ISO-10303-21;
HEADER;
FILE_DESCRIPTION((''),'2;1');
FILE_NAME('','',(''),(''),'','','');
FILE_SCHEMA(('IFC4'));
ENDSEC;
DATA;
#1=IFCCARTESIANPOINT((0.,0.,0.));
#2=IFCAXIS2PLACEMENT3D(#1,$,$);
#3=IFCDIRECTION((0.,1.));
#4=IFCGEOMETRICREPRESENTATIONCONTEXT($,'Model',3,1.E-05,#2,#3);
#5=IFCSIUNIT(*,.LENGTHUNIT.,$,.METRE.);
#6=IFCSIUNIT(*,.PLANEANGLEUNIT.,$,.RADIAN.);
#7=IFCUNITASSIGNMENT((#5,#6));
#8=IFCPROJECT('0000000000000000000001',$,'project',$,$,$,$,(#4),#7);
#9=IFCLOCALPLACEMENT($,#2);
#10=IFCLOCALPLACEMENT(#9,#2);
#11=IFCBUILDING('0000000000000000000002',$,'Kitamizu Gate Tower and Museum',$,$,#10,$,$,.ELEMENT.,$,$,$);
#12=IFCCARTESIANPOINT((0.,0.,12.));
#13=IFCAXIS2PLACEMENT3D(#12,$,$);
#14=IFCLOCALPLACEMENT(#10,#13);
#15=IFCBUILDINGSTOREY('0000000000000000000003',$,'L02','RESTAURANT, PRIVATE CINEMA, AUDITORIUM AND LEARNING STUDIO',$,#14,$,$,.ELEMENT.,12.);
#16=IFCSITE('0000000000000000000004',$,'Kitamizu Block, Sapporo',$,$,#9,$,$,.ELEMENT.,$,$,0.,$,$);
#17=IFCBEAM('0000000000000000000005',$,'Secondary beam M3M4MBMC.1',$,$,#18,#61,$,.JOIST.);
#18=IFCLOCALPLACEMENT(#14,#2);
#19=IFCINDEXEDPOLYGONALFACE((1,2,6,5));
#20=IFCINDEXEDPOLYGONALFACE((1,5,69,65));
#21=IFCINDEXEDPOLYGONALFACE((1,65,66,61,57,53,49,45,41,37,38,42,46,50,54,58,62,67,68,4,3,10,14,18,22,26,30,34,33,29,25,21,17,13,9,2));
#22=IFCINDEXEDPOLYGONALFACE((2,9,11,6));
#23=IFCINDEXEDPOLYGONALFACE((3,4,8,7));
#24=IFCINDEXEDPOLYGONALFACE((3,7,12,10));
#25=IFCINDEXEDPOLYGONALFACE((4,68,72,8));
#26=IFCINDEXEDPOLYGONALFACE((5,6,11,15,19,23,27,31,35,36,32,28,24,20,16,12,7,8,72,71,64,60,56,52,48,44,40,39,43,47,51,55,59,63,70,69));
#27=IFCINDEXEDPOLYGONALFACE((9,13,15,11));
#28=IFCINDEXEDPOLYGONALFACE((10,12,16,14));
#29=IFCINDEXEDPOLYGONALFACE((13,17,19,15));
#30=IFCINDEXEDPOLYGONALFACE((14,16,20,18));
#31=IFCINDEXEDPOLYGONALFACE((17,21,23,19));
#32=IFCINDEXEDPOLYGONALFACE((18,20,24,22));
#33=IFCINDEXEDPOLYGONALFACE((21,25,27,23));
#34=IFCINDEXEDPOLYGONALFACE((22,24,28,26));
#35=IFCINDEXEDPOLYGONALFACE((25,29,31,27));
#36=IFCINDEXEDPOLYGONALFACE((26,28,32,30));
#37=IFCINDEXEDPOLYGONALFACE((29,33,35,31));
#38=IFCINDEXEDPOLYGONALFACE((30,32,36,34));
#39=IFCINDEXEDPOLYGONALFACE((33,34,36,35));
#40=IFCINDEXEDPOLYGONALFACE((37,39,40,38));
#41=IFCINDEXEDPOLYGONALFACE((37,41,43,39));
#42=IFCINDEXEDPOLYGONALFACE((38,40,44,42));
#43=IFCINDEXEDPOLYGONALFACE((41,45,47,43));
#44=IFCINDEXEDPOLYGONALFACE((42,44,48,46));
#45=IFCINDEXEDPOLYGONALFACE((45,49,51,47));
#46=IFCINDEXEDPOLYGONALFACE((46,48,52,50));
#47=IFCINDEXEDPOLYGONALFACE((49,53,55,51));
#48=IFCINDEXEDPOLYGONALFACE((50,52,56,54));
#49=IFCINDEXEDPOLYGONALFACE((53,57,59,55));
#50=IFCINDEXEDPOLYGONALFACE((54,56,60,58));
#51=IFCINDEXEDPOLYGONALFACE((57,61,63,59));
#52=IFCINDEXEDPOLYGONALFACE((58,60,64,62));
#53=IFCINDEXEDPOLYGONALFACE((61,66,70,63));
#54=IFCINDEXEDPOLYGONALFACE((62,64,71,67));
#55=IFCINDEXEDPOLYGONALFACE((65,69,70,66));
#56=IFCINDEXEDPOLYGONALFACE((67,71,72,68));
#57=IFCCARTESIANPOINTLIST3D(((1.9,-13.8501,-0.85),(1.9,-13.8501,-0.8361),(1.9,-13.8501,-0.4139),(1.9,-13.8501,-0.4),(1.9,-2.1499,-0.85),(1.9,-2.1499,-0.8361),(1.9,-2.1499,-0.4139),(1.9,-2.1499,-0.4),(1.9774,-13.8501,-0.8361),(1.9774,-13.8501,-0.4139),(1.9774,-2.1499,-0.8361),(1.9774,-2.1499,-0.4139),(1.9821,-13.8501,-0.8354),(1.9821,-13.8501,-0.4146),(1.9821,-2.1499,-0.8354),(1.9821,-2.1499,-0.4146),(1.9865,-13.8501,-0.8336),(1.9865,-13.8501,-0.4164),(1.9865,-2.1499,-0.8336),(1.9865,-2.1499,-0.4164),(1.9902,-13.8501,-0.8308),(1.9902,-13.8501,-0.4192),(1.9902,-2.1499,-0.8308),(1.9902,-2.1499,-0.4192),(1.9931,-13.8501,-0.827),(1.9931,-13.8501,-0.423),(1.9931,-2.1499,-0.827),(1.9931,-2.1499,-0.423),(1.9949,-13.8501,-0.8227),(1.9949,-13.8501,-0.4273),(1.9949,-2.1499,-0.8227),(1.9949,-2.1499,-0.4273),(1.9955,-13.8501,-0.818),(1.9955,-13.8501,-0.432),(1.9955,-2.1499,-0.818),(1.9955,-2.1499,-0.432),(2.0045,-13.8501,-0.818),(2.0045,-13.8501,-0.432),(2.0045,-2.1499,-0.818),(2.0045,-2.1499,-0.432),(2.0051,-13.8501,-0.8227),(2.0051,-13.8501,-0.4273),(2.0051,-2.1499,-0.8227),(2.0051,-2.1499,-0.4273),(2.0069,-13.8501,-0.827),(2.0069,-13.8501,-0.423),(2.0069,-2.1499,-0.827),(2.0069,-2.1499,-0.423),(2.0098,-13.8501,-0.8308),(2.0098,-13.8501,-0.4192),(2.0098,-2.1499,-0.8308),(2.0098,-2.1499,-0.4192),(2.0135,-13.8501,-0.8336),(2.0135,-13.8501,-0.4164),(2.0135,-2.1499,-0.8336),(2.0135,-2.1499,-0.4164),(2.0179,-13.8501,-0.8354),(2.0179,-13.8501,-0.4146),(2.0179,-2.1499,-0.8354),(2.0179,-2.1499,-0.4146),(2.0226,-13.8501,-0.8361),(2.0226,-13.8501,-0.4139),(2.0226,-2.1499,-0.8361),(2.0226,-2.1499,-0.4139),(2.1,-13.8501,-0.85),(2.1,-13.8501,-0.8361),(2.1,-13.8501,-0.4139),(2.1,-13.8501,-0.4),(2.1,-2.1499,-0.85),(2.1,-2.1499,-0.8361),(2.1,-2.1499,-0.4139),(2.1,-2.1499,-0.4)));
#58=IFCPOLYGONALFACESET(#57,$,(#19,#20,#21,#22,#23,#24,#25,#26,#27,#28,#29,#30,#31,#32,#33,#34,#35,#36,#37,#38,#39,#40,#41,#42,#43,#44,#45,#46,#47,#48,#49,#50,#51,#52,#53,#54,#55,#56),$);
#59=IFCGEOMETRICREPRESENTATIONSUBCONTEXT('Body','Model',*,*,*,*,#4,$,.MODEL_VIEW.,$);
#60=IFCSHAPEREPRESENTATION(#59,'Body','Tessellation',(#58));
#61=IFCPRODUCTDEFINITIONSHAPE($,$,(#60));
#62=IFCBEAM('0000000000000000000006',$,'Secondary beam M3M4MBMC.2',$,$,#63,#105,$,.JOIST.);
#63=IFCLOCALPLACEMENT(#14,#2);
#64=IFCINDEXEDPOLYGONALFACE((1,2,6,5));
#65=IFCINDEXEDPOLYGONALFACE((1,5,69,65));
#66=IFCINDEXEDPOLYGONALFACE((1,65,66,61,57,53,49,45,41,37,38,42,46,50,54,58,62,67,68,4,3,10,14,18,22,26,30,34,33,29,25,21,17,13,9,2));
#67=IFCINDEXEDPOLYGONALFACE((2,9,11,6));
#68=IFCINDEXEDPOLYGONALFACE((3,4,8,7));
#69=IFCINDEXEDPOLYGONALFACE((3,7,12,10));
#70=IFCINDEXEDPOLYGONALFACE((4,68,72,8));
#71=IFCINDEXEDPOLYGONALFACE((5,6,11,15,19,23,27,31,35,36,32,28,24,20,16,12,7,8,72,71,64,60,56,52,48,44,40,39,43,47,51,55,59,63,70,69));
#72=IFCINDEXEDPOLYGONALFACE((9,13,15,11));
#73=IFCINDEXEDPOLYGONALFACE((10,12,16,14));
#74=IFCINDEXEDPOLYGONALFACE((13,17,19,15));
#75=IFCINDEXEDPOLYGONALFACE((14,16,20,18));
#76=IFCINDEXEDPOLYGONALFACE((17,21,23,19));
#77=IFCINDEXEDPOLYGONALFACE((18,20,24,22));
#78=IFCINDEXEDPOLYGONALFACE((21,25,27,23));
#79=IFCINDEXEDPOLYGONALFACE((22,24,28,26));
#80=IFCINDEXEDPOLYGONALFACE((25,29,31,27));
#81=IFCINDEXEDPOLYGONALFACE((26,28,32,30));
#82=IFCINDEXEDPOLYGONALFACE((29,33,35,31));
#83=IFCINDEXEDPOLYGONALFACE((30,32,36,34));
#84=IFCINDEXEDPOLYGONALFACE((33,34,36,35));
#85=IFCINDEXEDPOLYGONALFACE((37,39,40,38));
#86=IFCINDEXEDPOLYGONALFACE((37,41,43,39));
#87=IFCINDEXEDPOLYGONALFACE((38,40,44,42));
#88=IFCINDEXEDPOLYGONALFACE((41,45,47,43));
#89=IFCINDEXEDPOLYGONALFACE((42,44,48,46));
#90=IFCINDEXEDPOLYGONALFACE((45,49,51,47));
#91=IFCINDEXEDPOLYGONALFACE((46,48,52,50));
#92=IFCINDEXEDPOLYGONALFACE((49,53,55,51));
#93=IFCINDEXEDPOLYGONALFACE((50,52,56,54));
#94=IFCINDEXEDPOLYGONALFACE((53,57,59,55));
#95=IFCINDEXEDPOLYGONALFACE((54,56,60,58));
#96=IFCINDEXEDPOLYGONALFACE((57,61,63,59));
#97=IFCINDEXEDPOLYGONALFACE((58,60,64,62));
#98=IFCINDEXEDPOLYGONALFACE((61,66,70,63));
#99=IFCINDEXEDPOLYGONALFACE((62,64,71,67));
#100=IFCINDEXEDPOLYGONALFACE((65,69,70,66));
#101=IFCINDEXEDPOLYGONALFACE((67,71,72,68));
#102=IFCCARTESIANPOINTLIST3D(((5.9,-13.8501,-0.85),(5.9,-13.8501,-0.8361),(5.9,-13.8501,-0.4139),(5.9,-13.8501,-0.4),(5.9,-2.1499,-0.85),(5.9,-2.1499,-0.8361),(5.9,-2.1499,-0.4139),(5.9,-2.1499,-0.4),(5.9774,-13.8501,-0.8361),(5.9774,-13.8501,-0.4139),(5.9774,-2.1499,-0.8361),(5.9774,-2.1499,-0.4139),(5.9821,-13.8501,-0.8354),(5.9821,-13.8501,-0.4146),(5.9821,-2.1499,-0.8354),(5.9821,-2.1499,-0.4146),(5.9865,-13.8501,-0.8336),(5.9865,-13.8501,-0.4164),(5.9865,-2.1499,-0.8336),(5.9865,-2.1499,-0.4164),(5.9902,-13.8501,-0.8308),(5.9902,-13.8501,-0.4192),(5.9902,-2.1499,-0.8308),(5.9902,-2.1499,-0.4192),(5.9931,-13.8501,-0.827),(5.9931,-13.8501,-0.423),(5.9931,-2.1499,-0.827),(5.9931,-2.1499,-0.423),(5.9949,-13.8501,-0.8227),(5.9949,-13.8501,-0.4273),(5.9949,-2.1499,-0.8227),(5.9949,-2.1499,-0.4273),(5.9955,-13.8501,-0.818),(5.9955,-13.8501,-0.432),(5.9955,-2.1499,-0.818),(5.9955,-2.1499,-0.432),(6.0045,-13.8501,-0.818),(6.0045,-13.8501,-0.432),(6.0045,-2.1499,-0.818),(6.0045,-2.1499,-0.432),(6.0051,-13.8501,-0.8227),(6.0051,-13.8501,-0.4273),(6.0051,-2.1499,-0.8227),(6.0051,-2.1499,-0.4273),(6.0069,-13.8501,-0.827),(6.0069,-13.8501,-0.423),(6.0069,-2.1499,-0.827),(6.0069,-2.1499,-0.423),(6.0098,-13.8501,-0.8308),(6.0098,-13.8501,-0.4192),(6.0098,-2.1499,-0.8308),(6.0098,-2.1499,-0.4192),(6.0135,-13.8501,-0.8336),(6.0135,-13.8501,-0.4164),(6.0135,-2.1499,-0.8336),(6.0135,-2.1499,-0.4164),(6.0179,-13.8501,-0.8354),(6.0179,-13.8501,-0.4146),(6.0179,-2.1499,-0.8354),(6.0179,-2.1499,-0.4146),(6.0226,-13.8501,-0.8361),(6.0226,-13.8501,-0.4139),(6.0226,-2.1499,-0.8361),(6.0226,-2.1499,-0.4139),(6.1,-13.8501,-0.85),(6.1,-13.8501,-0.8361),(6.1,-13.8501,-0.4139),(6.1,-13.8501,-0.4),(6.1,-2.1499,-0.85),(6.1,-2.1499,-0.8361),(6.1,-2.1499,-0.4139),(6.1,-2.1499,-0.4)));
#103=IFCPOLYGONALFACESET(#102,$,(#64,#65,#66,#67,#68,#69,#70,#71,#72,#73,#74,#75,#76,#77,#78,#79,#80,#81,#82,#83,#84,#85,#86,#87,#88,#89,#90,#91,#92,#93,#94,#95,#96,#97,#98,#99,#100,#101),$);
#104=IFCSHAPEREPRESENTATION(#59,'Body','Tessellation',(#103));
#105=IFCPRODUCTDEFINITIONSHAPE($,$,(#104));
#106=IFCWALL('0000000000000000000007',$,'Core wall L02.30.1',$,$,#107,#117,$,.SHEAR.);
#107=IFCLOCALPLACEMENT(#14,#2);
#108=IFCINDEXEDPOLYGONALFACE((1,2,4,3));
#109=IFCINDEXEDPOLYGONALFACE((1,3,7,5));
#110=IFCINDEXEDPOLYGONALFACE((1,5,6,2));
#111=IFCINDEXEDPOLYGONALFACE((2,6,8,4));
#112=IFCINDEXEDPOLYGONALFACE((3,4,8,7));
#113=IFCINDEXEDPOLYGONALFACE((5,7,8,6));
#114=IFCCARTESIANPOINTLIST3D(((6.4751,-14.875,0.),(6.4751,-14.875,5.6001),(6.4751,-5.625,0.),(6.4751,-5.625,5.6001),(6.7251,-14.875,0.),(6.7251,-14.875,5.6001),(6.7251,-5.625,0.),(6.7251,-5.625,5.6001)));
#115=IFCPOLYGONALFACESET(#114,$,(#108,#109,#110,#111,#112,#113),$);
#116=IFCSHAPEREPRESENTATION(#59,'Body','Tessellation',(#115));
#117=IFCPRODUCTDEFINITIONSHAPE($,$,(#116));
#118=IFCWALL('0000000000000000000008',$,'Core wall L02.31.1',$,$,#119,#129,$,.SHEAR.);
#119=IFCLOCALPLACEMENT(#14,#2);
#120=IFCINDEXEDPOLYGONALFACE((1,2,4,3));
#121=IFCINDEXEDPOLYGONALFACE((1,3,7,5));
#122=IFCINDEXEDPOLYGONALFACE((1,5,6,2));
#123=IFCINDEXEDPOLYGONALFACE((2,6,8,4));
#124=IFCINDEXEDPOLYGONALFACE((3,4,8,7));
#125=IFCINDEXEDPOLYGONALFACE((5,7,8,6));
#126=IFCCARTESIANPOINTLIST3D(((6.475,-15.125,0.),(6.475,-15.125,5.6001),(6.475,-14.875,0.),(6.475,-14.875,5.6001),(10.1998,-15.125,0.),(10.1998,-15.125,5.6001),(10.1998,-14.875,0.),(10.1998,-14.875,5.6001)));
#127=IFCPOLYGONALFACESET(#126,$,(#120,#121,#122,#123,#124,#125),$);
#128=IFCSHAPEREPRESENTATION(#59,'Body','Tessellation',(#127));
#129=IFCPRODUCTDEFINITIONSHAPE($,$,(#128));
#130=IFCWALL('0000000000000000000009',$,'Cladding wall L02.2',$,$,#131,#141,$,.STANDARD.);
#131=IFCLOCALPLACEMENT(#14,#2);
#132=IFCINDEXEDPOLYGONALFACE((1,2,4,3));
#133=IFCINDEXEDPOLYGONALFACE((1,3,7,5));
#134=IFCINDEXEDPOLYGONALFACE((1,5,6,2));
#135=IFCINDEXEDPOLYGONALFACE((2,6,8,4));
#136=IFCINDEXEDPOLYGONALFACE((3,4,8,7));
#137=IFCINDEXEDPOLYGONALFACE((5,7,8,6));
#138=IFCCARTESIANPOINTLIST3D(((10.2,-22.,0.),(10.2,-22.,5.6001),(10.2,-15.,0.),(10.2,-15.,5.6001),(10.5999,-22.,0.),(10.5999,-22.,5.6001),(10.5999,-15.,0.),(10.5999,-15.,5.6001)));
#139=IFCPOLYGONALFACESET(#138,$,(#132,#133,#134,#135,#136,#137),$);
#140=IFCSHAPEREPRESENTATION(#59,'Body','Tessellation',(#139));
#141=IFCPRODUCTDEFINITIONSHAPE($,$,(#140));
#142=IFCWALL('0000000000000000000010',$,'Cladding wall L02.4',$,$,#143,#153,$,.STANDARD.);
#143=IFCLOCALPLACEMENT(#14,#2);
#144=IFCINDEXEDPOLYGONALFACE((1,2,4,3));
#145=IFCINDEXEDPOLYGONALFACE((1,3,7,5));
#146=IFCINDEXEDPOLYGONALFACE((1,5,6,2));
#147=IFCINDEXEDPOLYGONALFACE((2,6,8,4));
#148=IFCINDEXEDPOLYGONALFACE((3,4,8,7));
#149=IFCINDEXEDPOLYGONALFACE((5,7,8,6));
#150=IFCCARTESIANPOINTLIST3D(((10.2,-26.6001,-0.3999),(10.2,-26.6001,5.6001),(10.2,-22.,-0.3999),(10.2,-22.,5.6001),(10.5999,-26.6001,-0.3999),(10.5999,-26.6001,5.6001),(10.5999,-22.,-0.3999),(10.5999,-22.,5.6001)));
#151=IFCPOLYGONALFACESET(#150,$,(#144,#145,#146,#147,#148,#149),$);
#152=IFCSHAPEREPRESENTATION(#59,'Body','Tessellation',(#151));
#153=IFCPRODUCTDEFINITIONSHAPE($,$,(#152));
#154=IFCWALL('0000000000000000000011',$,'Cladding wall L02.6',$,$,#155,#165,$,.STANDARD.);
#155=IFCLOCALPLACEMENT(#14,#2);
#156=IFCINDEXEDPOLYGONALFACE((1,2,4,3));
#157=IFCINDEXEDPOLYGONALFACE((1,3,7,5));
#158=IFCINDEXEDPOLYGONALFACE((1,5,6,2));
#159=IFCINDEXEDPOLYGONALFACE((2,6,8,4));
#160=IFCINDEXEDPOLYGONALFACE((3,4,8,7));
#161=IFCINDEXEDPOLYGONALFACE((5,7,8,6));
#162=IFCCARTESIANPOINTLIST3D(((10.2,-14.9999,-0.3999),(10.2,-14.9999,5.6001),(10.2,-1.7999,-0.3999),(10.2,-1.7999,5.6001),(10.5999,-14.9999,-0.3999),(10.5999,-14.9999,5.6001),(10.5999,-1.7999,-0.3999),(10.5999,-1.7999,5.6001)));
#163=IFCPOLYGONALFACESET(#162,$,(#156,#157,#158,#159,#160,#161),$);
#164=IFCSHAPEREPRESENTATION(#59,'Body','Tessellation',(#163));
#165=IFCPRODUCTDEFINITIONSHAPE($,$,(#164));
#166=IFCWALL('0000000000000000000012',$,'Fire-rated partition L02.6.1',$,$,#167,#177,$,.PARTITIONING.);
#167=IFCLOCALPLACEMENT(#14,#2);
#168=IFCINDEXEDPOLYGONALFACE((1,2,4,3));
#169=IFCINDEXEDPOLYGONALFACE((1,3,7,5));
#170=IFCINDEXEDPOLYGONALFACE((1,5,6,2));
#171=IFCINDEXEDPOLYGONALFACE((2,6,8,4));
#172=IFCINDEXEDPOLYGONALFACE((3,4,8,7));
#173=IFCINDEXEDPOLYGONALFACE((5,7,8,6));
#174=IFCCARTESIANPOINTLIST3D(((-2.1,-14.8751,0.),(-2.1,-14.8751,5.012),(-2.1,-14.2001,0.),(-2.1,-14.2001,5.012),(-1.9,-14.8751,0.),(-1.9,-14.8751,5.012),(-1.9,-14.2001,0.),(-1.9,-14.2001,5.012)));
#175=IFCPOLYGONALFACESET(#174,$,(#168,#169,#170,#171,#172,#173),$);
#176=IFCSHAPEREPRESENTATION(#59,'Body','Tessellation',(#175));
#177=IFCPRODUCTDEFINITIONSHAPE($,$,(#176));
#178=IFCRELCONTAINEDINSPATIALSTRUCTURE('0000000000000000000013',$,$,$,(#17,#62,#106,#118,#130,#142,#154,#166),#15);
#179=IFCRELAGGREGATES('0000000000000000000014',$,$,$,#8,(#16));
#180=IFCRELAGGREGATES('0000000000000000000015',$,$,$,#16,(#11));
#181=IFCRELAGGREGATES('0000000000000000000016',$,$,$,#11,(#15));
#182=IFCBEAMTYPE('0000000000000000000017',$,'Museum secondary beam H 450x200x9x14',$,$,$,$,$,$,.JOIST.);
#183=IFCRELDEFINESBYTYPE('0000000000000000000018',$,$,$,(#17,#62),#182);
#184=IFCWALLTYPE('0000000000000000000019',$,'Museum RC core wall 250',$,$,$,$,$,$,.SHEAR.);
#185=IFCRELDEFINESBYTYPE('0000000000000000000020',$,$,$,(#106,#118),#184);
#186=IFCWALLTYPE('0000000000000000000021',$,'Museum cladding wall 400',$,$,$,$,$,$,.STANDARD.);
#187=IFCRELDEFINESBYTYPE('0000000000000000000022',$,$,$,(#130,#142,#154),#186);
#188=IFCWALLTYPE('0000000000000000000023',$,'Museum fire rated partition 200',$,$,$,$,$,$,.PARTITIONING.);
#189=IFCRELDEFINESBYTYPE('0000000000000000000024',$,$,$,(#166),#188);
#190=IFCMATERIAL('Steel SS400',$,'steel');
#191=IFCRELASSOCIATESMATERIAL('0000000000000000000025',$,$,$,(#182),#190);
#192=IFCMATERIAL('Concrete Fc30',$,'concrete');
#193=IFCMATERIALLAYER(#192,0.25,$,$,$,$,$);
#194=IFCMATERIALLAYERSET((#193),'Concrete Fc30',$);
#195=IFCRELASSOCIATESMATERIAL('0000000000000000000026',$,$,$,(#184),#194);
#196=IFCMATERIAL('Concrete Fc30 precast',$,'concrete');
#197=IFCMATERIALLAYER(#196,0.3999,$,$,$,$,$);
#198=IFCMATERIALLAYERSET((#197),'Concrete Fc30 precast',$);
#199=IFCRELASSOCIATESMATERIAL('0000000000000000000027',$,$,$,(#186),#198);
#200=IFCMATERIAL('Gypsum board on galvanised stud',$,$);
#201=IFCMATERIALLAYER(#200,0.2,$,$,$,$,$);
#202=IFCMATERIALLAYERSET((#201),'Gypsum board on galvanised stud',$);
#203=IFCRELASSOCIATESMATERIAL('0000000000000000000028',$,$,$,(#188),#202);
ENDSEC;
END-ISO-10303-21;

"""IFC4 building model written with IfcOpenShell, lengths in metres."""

from ifc_helpers import new_model, si_unit, direction, frame, frame_2d, origin, origin_2d, place, context, subcontext, project, spatial, rectangle, i_section, extrude, material, layer, layer_set, material_profile, profile_set, type_object, element, save


model = new_model("IFC4")

# Units and contexts
model_context = context("Model", 3, precision=1e-05, world=origin(), true_north=direction((0.0, 1.0)))
body_context = subcontext(model_context, "Body", "Model", "MODEL_VIEW")
ifc_project = project(units=[si_unit("LENGTHUNIT", "METRE"), si_unit("PLANEANGLEUNIT", "RADIAN")], contexts=[model_context])

# Site, building, storey
site_placement = place(None, origin())
site = spatial("IfcSite", under=ifc_project, at=site_placement, Name="Kitamizu Block, Sapporo", CompositionType="ELEMENT", RefElevation=0.0)
building_placement = place(site_placement, origin())
building = spatial("IfcBuilding", under=site, at=building_placement, Name="Kitamizu Gate Tower and Museum", CompositionType="ELEMENT")
storey_placement = place(building_placement, frame((0.0, 0.0, 12.0)))
storey = spatial("IfcBuildingStorey", under=building, at=storey_placement, Name="L02", Description="RESTAURANT, PRIVATE CINEMA, AUDITORIUM AND LEARNING STUDIO", CompositionType="ELEMENT", Elevation=12.0)

# Beams
ifc_material_1 = material(Name="Steel SS400", Category="steel")
ifc_material_profile_1 = material_profile(ifc_material_1, i_section(OverallWidth=0.2, OverallDepth=0.45, WebThickness=0.009, FlangeThickness=0.0139, FilletRadius=0.0181, at=origin_2d()), Name="H-450x200x9x14")
ifc_profile_set_1 = profile_set([ifc_material_profile_1], Name="Steel SS400")
beam_type_1 = type_object("IfcBeamType", Name="Museum secondary beam H 450x200x9x14", PredefinedType="JOIST", material=ifc_profile_set_1)
for number, where, z_axis, x_axis, name in (
    (1, (2.0, -13.8501, -0.625), (0.0, 1.0, 0.0), (-1.0, 0.0, 0.0), "Secondary beam M3M4MBMC.1"),
    (2, (6.0, -13.8501, -0.625), (0.0, 1.0, 0.0), (-1.0, 0.0, 0.0), "Secondary beam M3M4MBMC.2"),
):
    element("IfcBeam", number, at=place(storey_placement, frame(where, z_axis=z_axis, x_axis=x_axis)), inside=storey, type_object=beam_type_1, Name=name, PredefinedType="JOIST", context=body_context, shape_type="SweptSolid", body=[
        extrude(i_section(OverallWidth=0.2, OverallDepth=0.45, WebThickness=0.009, FlangeThickness=0.0139, FilletRadius=0.0181, at=origin_2d()), origin(), (0.0, 0.0, 1.0), 11.7002),
    ])

# Walls
ifc_material_2 = material(Name="Concrete Fc30", Category="concrete")
ifc_layer_1 = layer(ifc_material_2, 0.25)
ifc_layer_set_1 = layer_set([ifc_layer_1], Name="Concrete Fc30")
wall_type_1 = type_object("IfcWallType", Name="Museum RC core wall 250", PredefinedType="SHEAR", material=ifc_layer_set_1)
wall_1_placement = place(storey_placement, frame((6.6001, -14.875, 0.0), z_axis=(0.0, 0.0, 1.0), x_axis=(0.0, 1.0, 0.0)))
element("IfcWall", 3, at=wall_1_placement, inside=storey, type_object=wall_type_1, Name="Core wall L02.30.1", PredefinedType="SHEAR", context=body_context, shape_type="SweptSolid", body=[
    extrude(rectangle(XDim=9.25, YDim=0.25, at=frame_2d((4.625, 0.0))), origin(), (0.0, 0.0, 1.0), 5.6001),
])
wall_2_placement = place(storey_placement, frame((6.4751, -15.0, 0.0), z_axis=(0.0, 0.0, 1.0), x_axis=(1.0, 0.0, 0.0)))
element("IfcWall", 4, at=wall_2_placement, inside=storey, type_object=wall_type_1, Name="Core wall L02.31.1", PredefinedType="SHEAR", context=body_context, shape_type="SweptSolid", body=[
    extrude(rectangle(XDim=3.7249, YDim=0.25, at=frame_2d((1.8623, 0.0))), origin(), (0.0, 0.0, 1.0), 5.6001),
])
ifc_material_3 = material(Name="Concrete Fc30 precast", Category="concrete")
ifc_layer_2 = layer(ifc_material_3, 0.3999)
ifc_layer_set_2 = layer_set([ifc_layer_2], Name="Concrete Fc30 precast")
wall_type_2 = type_object("IfcWallType", Name="Museum cladding wall 400", PredefinedType="STANDARD", material=ifc_layer_set_2)
wall_3_placement = place(storey_placement, frame((10.3999, -22.0, 0.0), z_axis=(0.0, 0.0, 1.0), x_axis=(0.0, 1.0, 0.0)))
element("IfcWall", 5, at=wall_3_placement, inside=storey, type_object=wall_type_2, Name="Cladding wall L02.2", PredefinedType="STANDARD", context=body_context, shape_type="SweptSolid", body=[
    extrude(rectangle(XDim=7.0, YDim=0.3999, at=frame_2d((3.5, 0.0))), origin(), (0.0, 0.0, 1.0), 5.6001),
])
wall_4_placement = place(storey_placement, frame((10.3999, -26.6001, -0.3999), z_axis=(0.0, 0.0, 1.0), x_axis=(0.0, 1.0, 0.0)))
element("IfcWall", 6, at=wall_4_placement, inside=storey, type_object=wall_type_2, Name="Cladding wall L02.4", PredefinedType="STANDARD", context=body_context, shape_type="SweptSolid", body=[
    extrude(rectangle(XDim=4.6001, YDim=0.3999, at=frame_2d((2.3, 0.0))), origin(), (0.0, 0.0, 1.0), 6.0),
])
wall_5_placement = place(storey_placement, frame((10.3999, -15.0, -0.3999), z_axis=(0.0, 0.0, 1.0), x_axis=(0.0, 1.0, 0.0)))
element("IfcWall", 7, at=wall_5_placement, inside=storey, type_object=wall_type_2, Name="Cladding wall L02.6", PredefinedType="STANDARD", context=body_context, shape_type="SweptSolid", body=[
    extrude(rectangle(XDim=13.2, YDim=0.3999, at=frame_2d((6.6001, 0.0))), origin(), (0.0, 0.0, 1.0), 6.0),
])
ifc_material_4 = material(Name="Gypsum board on galvanised stud")
ifc_layer_3 = layer(ifc_material_4, 0.2)
ifc_layer_set_3 = layer_set([ifc_layer_3], Name="Gypsum board on galvanised stud")
wall_type_3 = type_object("IfcWallType", Name="Museum fire rated partition 200", PredefinedType="PARTITIONING", material=ifc_layer_set_3)
wall_6_placement = place(storey_placement, frame((-2.0, -14.875, 0.0), z_axis=(0.0, 0.0, 1.0), x_axis=(0.0, 1.0, 0.0)))
element("IfcWall", 8, at=wall_6_placement, inside=storey, type_object=wall_type_3, Name="Fire-rated partition L02.6.1", PredefinedType="PARTITIONING", context=body_context, shape_type="SweptSolid", body=[
    extrude(rectangle(XDim=0.675, YDim=0.2, at=frame_2d((0.3374, 0.0))), origin(), (0.0, 0.0, 1.0), 5.012),
])

save(model, "model.ifc")
